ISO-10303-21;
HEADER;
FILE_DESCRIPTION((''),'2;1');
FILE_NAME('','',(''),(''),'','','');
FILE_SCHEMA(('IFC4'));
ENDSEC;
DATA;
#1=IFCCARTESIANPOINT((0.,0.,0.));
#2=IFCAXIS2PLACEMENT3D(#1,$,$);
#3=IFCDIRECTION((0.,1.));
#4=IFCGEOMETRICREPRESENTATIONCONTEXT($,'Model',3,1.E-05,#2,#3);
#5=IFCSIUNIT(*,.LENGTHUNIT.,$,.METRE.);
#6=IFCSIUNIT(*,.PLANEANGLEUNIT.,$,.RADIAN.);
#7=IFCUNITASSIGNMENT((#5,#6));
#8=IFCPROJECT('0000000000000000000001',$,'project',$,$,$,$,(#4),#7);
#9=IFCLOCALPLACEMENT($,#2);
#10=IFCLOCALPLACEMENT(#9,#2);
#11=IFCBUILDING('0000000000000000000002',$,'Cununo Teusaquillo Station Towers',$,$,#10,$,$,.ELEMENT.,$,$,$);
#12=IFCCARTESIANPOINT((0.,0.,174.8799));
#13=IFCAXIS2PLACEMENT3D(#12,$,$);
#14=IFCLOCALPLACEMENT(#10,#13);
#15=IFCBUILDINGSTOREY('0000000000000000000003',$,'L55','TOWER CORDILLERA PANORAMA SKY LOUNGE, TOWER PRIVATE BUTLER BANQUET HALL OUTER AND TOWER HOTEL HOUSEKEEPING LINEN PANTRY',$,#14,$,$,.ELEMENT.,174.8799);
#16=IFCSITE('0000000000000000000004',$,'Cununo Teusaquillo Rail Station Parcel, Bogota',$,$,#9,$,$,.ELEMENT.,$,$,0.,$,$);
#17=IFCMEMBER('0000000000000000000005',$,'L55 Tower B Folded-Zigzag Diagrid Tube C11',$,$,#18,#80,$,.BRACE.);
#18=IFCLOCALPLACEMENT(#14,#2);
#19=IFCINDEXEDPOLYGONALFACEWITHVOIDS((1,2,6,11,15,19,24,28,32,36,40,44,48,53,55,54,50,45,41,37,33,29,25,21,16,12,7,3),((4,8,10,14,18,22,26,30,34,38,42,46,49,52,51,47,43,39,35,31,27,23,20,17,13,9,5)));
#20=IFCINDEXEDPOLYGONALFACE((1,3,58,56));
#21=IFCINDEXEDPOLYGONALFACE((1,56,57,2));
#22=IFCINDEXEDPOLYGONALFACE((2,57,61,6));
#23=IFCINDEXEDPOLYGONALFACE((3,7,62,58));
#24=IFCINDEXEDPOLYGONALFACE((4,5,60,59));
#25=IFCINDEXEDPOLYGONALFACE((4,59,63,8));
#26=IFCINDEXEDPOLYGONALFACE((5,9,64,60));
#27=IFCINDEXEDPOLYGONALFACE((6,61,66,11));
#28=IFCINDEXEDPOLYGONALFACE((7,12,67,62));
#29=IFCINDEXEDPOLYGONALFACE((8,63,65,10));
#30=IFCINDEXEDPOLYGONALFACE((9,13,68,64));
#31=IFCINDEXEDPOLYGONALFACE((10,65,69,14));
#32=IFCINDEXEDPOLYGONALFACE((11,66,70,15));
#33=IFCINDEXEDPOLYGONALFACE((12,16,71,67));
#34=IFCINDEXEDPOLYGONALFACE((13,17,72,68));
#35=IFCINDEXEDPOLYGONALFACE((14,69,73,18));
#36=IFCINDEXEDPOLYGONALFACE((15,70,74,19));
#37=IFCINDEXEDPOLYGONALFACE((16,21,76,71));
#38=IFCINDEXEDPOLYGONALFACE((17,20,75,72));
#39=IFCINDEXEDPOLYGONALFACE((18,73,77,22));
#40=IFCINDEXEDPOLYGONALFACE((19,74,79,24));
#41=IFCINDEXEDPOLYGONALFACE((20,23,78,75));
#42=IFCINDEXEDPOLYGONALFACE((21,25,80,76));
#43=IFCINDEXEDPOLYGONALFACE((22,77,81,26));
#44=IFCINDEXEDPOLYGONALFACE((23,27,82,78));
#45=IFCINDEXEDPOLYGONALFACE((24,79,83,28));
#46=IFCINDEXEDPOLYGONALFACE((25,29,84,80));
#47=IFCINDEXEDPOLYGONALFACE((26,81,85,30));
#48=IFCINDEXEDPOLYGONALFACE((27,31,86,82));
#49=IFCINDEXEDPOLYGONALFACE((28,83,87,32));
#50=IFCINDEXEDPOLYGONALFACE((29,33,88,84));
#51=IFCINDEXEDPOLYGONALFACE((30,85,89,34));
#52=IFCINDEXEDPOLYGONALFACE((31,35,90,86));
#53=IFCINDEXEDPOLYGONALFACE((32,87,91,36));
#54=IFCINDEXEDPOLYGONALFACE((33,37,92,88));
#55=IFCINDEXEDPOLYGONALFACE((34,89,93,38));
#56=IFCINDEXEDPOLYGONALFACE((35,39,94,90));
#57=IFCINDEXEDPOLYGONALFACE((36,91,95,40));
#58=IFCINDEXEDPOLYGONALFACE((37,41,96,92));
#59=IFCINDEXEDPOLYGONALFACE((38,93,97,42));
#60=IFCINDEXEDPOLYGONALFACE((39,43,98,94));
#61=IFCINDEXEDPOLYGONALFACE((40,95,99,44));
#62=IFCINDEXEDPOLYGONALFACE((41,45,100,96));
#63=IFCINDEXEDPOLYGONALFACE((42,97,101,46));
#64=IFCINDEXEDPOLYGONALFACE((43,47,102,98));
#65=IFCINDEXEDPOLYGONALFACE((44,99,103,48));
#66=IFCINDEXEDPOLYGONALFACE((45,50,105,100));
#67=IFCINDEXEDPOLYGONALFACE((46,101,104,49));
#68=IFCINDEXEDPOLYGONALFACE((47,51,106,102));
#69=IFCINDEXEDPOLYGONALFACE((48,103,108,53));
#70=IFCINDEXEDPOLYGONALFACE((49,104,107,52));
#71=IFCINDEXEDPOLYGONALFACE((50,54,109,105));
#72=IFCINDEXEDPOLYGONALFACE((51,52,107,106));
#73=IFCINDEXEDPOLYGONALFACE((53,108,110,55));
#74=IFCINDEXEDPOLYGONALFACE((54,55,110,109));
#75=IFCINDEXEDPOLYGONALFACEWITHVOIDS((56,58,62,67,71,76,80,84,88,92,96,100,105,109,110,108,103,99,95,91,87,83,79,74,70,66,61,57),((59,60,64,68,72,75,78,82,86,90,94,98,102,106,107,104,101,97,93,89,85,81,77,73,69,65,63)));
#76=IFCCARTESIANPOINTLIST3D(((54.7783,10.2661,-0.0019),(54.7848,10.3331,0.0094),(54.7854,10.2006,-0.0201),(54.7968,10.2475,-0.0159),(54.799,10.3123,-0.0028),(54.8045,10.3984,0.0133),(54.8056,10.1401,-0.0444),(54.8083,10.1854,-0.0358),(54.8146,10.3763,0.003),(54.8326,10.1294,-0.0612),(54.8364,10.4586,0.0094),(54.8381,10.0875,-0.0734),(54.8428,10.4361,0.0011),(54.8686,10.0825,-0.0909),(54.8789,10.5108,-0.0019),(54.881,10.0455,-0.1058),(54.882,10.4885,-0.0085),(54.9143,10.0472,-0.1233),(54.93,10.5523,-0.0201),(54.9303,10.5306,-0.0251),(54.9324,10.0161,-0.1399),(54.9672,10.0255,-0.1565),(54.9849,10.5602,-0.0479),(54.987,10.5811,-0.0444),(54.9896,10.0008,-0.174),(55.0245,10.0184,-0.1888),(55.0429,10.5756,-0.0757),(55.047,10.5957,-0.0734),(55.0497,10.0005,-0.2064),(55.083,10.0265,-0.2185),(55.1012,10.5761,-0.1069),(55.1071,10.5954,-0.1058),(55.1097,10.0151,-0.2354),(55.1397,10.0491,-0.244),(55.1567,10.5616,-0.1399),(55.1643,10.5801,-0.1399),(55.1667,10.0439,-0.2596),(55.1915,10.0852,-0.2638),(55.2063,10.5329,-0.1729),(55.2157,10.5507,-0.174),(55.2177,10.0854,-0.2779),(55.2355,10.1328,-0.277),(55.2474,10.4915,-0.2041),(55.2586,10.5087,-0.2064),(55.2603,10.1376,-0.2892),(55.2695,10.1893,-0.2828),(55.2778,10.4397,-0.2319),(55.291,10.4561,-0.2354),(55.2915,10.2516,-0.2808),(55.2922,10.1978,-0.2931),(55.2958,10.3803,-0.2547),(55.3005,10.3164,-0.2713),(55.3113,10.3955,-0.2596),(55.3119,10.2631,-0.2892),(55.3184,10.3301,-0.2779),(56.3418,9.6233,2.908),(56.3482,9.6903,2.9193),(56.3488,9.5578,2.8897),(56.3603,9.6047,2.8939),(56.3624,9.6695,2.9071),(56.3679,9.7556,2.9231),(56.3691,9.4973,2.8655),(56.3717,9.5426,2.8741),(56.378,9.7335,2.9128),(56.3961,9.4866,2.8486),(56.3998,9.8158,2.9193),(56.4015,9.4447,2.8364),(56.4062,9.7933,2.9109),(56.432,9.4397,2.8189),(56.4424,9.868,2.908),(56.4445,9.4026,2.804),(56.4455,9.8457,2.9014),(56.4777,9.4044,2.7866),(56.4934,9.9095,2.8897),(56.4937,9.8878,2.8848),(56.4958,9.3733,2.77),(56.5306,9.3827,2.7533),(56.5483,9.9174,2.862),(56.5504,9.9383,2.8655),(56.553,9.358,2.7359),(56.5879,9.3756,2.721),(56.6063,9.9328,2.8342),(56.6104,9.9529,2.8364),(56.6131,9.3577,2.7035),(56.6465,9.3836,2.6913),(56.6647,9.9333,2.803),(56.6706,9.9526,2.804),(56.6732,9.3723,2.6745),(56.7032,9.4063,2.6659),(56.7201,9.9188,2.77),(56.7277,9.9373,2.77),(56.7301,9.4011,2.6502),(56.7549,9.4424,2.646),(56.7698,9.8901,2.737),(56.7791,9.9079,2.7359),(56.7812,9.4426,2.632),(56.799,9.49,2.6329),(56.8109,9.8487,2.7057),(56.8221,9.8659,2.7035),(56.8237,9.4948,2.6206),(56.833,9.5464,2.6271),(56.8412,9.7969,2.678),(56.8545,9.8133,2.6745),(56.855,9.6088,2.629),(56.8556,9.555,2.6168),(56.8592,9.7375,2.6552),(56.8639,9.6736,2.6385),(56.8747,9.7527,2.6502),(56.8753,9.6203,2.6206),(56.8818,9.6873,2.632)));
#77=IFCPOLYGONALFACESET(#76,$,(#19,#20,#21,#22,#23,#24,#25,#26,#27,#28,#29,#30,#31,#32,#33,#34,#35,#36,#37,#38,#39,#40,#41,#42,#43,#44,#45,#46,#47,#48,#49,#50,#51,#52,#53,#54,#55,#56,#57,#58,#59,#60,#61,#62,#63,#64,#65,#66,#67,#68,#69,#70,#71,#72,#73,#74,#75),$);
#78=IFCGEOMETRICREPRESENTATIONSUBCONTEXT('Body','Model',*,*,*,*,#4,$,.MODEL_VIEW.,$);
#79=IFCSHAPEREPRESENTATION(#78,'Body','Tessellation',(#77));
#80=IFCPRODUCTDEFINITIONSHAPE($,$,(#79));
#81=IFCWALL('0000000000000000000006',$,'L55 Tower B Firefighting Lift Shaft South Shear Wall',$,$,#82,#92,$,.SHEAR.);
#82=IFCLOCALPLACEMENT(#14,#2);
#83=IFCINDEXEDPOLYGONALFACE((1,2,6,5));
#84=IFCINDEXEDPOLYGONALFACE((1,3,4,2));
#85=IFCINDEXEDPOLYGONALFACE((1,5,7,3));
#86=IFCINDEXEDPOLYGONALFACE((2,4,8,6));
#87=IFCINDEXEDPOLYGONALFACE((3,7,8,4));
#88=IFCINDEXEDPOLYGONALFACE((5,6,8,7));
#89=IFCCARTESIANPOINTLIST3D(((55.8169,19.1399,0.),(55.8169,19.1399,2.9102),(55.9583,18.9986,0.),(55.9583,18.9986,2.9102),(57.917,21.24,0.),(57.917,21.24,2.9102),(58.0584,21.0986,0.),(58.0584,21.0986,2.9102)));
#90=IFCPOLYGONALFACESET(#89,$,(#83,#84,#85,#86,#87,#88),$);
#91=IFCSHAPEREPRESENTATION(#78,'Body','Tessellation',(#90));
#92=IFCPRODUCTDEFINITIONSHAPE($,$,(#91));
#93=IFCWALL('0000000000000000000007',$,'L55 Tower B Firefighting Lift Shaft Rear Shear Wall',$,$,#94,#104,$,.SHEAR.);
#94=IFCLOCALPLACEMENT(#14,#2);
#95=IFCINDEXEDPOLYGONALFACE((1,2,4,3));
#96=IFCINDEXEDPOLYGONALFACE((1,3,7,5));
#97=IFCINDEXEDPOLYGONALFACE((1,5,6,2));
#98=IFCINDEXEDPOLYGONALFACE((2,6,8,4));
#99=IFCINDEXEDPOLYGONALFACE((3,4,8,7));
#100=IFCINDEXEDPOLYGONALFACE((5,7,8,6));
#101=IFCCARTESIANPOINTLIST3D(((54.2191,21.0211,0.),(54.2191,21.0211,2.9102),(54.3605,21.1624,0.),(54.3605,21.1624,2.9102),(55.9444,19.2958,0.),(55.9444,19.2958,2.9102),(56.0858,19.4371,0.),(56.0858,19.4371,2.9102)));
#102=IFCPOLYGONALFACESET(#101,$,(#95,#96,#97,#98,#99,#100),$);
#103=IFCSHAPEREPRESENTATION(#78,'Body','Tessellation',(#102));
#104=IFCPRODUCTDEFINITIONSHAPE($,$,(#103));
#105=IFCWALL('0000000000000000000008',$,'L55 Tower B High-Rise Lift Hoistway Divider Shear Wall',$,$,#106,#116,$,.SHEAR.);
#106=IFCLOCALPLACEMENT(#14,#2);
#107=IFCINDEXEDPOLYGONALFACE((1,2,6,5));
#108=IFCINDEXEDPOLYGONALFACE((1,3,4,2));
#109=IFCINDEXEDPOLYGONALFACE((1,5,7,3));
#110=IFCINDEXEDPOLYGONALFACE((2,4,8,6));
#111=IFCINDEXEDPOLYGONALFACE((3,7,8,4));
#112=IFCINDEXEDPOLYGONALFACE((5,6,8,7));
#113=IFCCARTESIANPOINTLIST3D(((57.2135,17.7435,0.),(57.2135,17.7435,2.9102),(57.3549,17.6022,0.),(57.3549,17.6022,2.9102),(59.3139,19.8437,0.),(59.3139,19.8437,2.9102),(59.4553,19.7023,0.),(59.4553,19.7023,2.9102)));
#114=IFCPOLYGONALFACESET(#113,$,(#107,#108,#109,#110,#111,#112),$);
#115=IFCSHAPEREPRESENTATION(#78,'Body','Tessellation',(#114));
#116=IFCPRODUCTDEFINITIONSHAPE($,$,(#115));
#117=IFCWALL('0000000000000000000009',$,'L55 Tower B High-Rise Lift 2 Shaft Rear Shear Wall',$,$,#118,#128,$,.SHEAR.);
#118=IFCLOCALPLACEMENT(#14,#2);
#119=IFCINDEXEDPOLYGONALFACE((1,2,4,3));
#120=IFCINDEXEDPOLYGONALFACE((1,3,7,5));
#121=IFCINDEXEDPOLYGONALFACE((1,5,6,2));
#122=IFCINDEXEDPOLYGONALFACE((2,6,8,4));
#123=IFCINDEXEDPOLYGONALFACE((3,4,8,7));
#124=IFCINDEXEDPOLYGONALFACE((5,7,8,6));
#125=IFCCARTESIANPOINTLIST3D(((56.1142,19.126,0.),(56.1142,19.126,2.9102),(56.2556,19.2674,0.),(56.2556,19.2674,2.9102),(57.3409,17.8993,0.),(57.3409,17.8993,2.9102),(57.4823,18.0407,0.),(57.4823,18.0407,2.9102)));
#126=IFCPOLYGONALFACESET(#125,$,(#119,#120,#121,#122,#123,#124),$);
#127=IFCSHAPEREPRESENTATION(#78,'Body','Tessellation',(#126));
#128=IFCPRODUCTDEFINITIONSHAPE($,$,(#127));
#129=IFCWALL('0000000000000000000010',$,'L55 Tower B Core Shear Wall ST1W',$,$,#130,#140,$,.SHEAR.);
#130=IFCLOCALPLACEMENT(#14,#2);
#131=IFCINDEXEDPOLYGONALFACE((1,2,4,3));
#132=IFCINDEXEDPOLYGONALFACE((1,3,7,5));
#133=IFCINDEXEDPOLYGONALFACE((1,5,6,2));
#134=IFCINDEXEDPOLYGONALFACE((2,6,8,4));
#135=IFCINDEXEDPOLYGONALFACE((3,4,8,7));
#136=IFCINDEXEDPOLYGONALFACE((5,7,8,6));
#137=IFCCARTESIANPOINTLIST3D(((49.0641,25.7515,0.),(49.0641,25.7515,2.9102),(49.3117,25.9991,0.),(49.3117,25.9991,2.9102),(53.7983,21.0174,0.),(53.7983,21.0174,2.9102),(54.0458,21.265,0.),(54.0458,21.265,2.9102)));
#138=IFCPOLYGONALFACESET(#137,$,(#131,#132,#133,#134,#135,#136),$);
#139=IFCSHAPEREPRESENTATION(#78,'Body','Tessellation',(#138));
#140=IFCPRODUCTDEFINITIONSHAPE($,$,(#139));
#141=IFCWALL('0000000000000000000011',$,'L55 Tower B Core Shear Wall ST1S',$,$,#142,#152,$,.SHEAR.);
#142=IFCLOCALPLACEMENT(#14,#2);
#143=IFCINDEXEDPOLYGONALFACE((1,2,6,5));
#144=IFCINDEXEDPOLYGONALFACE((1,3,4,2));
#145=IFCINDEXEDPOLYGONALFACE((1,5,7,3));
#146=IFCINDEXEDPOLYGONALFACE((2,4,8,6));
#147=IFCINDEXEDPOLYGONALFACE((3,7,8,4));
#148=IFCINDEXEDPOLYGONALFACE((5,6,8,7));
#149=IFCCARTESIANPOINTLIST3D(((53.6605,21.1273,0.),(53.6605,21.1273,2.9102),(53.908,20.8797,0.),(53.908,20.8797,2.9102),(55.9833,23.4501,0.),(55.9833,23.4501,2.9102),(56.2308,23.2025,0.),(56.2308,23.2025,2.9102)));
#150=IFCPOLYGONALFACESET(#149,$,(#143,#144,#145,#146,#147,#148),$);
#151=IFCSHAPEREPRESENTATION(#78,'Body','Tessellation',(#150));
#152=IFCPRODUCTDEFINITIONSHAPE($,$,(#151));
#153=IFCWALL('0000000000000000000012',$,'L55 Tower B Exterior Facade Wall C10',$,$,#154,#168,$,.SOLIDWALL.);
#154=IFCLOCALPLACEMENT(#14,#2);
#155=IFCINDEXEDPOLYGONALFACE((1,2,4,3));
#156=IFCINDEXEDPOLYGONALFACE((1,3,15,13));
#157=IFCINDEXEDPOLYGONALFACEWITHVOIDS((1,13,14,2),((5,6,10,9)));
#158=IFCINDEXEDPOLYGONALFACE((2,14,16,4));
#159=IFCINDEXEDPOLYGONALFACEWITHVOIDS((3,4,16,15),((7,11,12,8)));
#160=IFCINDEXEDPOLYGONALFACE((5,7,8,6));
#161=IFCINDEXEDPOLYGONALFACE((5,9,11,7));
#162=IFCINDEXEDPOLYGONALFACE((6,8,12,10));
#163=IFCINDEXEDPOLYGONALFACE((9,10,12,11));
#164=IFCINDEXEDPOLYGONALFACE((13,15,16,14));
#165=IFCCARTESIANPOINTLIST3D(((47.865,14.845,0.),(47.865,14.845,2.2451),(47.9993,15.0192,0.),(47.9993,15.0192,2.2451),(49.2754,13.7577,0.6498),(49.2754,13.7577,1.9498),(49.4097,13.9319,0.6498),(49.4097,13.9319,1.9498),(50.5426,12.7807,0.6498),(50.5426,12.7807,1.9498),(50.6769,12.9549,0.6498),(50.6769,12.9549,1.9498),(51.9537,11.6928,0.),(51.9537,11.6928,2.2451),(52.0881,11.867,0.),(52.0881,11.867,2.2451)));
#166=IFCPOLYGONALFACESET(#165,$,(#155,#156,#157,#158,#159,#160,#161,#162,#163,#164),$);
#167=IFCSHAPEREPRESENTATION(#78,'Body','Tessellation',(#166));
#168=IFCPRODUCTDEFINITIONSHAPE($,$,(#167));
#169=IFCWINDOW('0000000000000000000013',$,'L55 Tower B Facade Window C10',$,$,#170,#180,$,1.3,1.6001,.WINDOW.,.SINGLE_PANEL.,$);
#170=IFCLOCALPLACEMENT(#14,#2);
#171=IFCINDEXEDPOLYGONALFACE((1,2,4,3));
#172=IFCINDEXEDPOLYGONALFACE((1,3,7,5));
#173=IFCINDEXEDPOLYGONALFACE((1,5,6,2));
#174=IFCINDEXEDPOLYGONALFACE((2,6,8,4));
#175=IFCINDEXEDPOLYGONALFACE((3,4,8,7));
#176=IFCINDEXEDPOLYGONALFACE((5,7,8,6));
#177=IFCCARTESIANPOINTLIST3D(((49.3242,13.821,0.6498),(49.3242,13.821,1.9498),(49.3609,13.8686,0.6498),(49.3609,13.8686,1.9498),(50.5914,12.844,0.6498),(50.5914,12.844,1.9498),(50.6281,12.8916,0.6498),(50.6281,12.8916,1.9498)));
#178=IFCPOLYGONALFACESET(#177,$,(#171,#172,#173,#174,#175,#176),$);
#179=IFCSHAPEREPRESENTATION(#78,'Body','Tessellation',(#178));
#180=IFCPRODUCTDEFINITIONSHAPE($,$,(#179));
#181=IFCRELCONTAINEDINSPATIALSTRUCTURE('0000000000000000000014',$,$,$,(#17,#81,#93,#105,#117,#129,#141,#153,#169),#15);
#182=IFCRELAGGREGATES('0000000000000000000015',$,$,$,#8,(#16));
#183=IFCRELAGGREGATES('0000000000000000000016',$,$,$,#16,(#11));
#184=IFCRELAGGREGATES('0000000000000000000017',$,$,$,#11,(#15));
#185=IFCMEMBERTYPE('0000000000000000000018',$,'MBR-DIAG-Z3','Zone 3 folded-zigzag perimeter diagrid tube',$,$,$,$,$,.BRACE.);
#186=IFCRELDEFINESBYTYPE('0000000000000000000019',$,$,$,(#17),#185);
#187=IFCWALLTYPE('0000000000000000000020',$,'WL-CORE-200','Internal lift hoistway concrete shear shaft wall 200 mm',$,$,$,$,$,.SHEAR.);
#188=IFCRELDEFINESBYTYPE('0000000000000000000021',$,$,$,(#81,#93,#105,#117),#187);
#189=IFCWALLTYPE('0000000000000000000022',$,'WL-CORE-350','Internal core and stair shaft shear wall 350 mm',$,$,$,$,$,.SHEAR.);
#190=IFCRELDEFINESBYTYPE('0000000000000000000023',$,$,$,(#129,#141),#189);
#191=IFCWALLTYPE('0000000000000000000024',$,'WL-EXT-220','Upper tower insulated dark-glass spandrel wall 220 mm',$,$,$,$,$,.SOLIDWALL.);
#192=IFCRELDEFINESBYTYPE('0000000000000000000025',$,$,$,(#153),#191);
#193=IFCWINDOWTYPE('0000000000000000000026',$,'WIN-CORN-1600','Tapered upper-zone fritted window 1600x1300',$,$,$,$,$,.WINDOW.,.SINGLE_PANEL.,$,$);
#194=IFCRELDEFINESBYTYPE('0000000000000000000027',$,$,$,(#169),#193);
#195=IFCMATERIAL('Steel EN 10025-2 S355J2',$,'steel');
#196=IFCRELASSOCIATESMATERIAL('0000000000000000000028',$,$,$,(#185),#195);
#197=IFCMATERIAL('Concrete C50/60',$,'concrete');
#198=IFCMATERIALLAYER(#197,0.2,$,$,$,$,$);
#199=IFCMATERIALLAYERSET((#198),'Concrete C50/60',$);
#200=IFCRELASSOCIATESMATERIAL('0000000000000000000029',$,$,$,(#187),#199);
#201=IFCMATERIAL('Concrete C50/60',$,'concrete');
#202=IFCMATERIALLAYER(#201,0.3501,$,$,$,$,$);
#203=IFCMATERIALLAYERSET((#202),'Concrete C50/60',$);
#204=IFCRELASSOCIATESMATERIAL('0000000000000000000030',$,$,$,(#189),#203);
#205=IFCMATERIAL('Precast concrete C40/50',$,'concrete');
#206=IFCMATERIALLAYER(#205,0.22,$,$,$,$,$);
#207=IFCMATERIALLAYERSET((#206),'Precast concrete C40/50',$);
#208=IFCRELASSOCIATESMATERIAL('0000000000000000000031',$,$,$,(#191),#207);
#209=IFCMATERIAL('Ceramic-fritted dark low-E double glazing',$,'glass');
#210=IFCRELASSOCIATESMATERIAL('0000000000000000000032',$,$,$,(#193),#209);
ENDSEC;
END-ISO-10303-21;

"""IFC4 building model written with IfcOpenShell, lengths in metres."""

from ifc_helpers import new_model, si_unit, direction, frame, frame_2d, origin, origin_2d, place, context, subcontext, project, spatial, rectangle, hollow_circle, extrude, source, transform, mapped, material, layer, layer_set, material_profile, profile_set, type_object, element, fill, save


model = new_model("IFC4")

# Units and contexts
model_context = context("Model", 3, precision=1e-05, world=origin(), true_north=direction((0.0, 1.0)))
body_context = subcontext(model_context, "Body", "Model", "MODEL_VIEW")
ifc_project = project(units=[si_unit("LENGTHUNIT", "METRE"), si_unit("PLANEANGLEUNIT", "RADIAN")], contexts=[model_context])

# Site, building, storey
site_placement = place(None, origin())
site = spatial("IfcSite", under=ifc_project, at=site_placement, Name="Cununo Teusaquillo Rail Station Parcel, Bogota", CompositionType="ELEMENT", RefElevation=0.0)
building_placement = place(site_placement, origin())
building = spatial("IfcBuilding", under=site, at=building_placement, Name="Cununo Teusaquillo Station Towers", CompositionType="ELEMENT")
storey_placement = place(building_placement, frame((0.0, 0.0, 174.8799)))
storey = spatial("IfcBuildingStorey", under=building, at=storey_placement, Name="L55", Description="TOWER CORDILLERA PANORAMA SKY LOUNGE, TOWER PRIVATE BUTLER BANQUET HALL OUTER AND TOWER HOTEL HOUSEKEEPING LINEN PANTRY", CompositionType="ELEMENT", Elevation=174.8799)

# Member
ifc_material_1 = material(Name="Steel EN 10025-2 S355J2", Category="steel")
ifc_material_profile_1 = material_profile(ifc_material_1, hollow_circle(Radius=0.3049, WallThickness=0.02, at=origin_2d()), Name="CHS 610x20")
ifc_profile_set_1 = profile_set([ifc_material_profile_1], Name="Steel EN 10025-2 S355J2")
member_type = type_object("IfcMemberType", Name="MBR-DIAG-Z3", Description="Zone 3 folded-zigzag perimeter diagrid tube", PredefinedType="BRACE", material=ifc_profile_set_1)
member_placement = place(storey_placement, frame((55.0483, 10.2981, -0.1399), z_axis=(0.464587, -0.191015, 0.86468), x_axis=(0.380263, 0.924878, 0.0)))
element("IfcMember", 1, at=member_placement, inside=storey, type_object=member_type, Name="L55 Tower B Folded-Zigzag Diagrid Tube C11", PredefinedType="BRACE", context=body_context, shape_type="SweptSolid", body=[
    extrude(hollow_circle(Radius=0.3049, WallThickness=0.02, at=origin_2d()), origin(), (0.0, 0.0, 1.0), 3.3652),
])

# Walls
ifc_material_2 = material(Name="Concrete C50/60", Category="concrete")
ifc_layer_1 = layer(ifc_material_2, 0.2)
ifc_layer_set_1 = layer_set([ifc_layer_1], Name="Concrete C50/60")
wall_type_1 = type_object("IfcWallType", Name="WL-CORE-200", Description="Internal lift hoistway concrete shear shaft wall 200 mm", PredefinedType="SHEAR", material=ifc_layer_set_1)
wall_1_placement = place(storey_placement, frame((55.8877, 19.0693, 0.0), z_axis=(0.0, 0.0, 1.0), x_axis=(0.707107, 0.707107, 0.0)))
element("IfcWall", 2, at=wall_1_placement, inside=storey, type_object=wall_type_1, Name="L55 Tower B Firefighting Lift Shaft South Shear Wall", PredefinedType="SHEAR", context=body_context, shape_type="SweptSolid", body=[
    extrude(rectangle(XDim=2.97, YDim=0.2, at=frame_2d((1.4849, 0.0))), origin(), (0.0, 0.0, 1.0), 2.9102),
])
wall_2_placement = place(storey_placement, frame((56.0151, 19.3665, 0.0), z_axis=(0.0, 0.0, 1.0), x_axis=(-0.707107, 0.707107, 0.0)))
element("IfcWall", 3, at=wall_2_placement, inside=storey, type_object=wall_type_1, Name="L55 Tower B Firefighting Lift Shaft Rear Shear Wall", PredefinedType="SHEAR", context=body_context, shape_type="SweptSolid", body=[
    extrude(rectangle(XDim=2.4399, YDim=0.2, at=frame_2d((1.22, 0.0))), origin(), (0.0, 0.0, 1.0), 2.9102),
])
wall_3_placement = place(storey_placement, frame((57.2842, 17.6729, 0.0), z_axis=(0.0, 0.0, 1.0), x_axis=(0.707148, 0.707066, 0.0)))
element("IfcWall", 4, at=wall_3_placement, inside=storey, type_object=wall_type_1, Name="L55 Tower B High-Rise Lift Hoistway Divider Shear Wall", PredefinedType="SHEAR", context=body_context, shape_type="SweptSolid", body=[
    extrude(rectangle(XDim=2.9702, YDim=0.2, at=frame_2d((1.4851, 0.0))), origin(), (0.0, 0.0, 1.0), 2.9102),
])
wall_4_placement = place(storey_placement, frame((57.4116, 17.97, 0.0), z_axis=(0.0, 0.0, 1.0), x_axis=(-0.707107, 0.707107, 0.0)))
element("IfcWall", 5, at=wall_4_placement, inside=storey, type_object=wall_type_1, Name="L55 Tower B High-Rise Lift 2 Shaft Rear Shear Wall", PredefinedType="SHEAR", context=body_context, shape_type="SweptSolid", body=[
    extrude(rectangle(XDim=1.7349, YDim=0.2, at=frame_2d((0.8674, 0.0))), origin(), (0.0, 0.0, 1.0), 2.9102),
])
ifc_material_3 = material(Name="Concrete C50/60", Category="concrete")
ifc_layer_2 = layer(ifc_material_3, 0.3501)
ifc_layer_set_2 = layer_set([ifc_layer_2], Name="Concrete C50/60")
wall_type_2 = type_object("IfcWallType", Name="WL-CORE-350", Description="Internal core and stair shaft shear wall 350 mm", PredefinedType="SHEAR", material=ifc_layer_set_2)
wall_5_placement = place(storey_placement, frame((53.9221, 21.1411, 0.0), z_axis=(0.0, 0.0, 1.0), x_axis=(-0.707107, 0.707107, 0.0)))
element("IfcWall", 6, at=wall_5_placement, inside=storey, type_object=wall_type_2, Name="L55 Tower B Core Shear Wall ST1W", PredefinedType="SHEAR", context=body_context, shape_type="SweptSolid", body=[
    extrude(rectangle(XDim=6.6951, YDim=0.3501, at=frame_2d((3.3477, 0.0))), origin(), (0.0, 0.0, 1.0), 2.9102),
])
wall_6_placement = place(storey_placement, frame((53.7842, 21.0034, 0.0), z_axis=(0.0, 0.0, 1.0), x_axis=(0.707107, 0.707107, 0.0)))
element("IfcWall", 7, at=wall_6_placement, inside=storey, type_object=wall_type_2, Name="L55 Tower B Core Shear Wall ST1S", PredefinedType="SHEAR", context=body_context, shape_type="SweptSolid", body=[
    extrude(rectangle(XDim=3.2849, YDim=0.3501, at=frame_2d((1.6426, 0.0))), origin(), (0.0, 0.0, 1.0), 2.9102),
])

# Wall, opening, window
ifc_material_4 = material(Name="Precast concrete C40/50", Category="concrete")
ifc_layer_3 = layer(ifc_material_4, 0.22)
ifc_layer_set_3 = layer_set([ifc_layer_3], Name="Precast concrete C40/50")
wall_type_3 = type_object("IfcWallType", Name="WL-EXT-220", Description="Upper tower insulated dark-glass spandrel wall 220 mm", PredefinedType="SOLIDWALL", material=ifc_layer_set_3)
wall_7_placement = place(storey_placement, frame((52.021, 11.7798, 0.0), z_axis=(0.0, 0.0, 1.0), x_axis=(-0.791963, 0.61057, 0.0)))
wall_7 = element("IfcWall", 8, at=wall_7_placement, inside=storey, type_object=wall_type_3, Name="L55 Tower B Exterior Facade Wall C10", PredefinedType="SOLIDWALL", context=body_context, shape_type="SweptSolid", body=[
    extrude(rectangle(XDim=5.1628, YDim=0.22, at=frame_2d((2.5815, 0.0))), origin(), (0.0, 0.0, 1.0), 2.2451),
])
shared_shape_1 = source(origin(), body_context, "Body", "SweptSolid", [
    extrude(rectangle(XDim=1.6001, YDim=1.3, at=frame_2d((0.8, 0.6499))), frame((0.0, 0.1199, 0.0), z_axis=(0.0, -1.0, 0.0), x_axis=(1.0, 0.0, 0.0)), (0.0, 0.0, 1.0), 0.24),
])
opening_1_placement = place(wall_7_placement, frame((1.782, 0.0, 0.6499)))
opening_1 = element("IfcOpeningElement", 9, at=opening_1_placement, cuts=wall_7, PredefinedType="OPENING", context=body_context, shape_type="MappedRepresentation", body=[
    mapped(shared_shape_1, transform((0.0, 0.0, 0.0), x_axis=(1.0, 0.0, 0.0), y_axis=(0.0, 1.0, 0.0), z_axis=(0.0, 0.0, 1.0), scale=1.0)),
])
ifc_material_5 = material(Name="Ceramic-fritted dark low-E double glazing", Category="glass")
window_type = type_object("IfcWindowType", Name="WIN-CORN-1600", Description="Tapered upper-zone fritted window 1600x1300", PartitioningType="SINGLE_PANEL", PredefinedType="WINDOW", material=ifc_material_5)
shared_shape_2 = source(origin(), body_context, "Body", "SweptSolid", [
    extrude(rectangle(XDim=1.6001, YDim=1.3, at=frame_2d((0.8, 0.6499))), frame((0.0, 0.03, 0.0), z_axis=(0.0, -1.0, 0.0), x_axis=(1.0, 0.0, 0.0)), (0.0, 0.0, 1.0), 0.0601),
])
window_placement = place(opening_1_placement, origin())
window = element("IfcWindow", 10, at=window_placement, inside=storey, type_object=window_type, Name="L55 Tower B Facade Window C10", OverallHeight=1.3, OverallWidth=1.6001, PartitioningType="SINGLE_PANEL", PredefinedType="WINDOW", context=body_context, shape_type="MappedRepresentation", body=[
    mapped(shared_shape_2, transform((0.0, 0.0, 0.0), x_axis=(1.0, 0.0, 0.0), y_axis=(0.0, 1.0, 0.0), z_axis=(0.0, 0.0, 1.0), scale=1.0)),
])
fill(opening_1, window)

save(model, "model.ifc")
